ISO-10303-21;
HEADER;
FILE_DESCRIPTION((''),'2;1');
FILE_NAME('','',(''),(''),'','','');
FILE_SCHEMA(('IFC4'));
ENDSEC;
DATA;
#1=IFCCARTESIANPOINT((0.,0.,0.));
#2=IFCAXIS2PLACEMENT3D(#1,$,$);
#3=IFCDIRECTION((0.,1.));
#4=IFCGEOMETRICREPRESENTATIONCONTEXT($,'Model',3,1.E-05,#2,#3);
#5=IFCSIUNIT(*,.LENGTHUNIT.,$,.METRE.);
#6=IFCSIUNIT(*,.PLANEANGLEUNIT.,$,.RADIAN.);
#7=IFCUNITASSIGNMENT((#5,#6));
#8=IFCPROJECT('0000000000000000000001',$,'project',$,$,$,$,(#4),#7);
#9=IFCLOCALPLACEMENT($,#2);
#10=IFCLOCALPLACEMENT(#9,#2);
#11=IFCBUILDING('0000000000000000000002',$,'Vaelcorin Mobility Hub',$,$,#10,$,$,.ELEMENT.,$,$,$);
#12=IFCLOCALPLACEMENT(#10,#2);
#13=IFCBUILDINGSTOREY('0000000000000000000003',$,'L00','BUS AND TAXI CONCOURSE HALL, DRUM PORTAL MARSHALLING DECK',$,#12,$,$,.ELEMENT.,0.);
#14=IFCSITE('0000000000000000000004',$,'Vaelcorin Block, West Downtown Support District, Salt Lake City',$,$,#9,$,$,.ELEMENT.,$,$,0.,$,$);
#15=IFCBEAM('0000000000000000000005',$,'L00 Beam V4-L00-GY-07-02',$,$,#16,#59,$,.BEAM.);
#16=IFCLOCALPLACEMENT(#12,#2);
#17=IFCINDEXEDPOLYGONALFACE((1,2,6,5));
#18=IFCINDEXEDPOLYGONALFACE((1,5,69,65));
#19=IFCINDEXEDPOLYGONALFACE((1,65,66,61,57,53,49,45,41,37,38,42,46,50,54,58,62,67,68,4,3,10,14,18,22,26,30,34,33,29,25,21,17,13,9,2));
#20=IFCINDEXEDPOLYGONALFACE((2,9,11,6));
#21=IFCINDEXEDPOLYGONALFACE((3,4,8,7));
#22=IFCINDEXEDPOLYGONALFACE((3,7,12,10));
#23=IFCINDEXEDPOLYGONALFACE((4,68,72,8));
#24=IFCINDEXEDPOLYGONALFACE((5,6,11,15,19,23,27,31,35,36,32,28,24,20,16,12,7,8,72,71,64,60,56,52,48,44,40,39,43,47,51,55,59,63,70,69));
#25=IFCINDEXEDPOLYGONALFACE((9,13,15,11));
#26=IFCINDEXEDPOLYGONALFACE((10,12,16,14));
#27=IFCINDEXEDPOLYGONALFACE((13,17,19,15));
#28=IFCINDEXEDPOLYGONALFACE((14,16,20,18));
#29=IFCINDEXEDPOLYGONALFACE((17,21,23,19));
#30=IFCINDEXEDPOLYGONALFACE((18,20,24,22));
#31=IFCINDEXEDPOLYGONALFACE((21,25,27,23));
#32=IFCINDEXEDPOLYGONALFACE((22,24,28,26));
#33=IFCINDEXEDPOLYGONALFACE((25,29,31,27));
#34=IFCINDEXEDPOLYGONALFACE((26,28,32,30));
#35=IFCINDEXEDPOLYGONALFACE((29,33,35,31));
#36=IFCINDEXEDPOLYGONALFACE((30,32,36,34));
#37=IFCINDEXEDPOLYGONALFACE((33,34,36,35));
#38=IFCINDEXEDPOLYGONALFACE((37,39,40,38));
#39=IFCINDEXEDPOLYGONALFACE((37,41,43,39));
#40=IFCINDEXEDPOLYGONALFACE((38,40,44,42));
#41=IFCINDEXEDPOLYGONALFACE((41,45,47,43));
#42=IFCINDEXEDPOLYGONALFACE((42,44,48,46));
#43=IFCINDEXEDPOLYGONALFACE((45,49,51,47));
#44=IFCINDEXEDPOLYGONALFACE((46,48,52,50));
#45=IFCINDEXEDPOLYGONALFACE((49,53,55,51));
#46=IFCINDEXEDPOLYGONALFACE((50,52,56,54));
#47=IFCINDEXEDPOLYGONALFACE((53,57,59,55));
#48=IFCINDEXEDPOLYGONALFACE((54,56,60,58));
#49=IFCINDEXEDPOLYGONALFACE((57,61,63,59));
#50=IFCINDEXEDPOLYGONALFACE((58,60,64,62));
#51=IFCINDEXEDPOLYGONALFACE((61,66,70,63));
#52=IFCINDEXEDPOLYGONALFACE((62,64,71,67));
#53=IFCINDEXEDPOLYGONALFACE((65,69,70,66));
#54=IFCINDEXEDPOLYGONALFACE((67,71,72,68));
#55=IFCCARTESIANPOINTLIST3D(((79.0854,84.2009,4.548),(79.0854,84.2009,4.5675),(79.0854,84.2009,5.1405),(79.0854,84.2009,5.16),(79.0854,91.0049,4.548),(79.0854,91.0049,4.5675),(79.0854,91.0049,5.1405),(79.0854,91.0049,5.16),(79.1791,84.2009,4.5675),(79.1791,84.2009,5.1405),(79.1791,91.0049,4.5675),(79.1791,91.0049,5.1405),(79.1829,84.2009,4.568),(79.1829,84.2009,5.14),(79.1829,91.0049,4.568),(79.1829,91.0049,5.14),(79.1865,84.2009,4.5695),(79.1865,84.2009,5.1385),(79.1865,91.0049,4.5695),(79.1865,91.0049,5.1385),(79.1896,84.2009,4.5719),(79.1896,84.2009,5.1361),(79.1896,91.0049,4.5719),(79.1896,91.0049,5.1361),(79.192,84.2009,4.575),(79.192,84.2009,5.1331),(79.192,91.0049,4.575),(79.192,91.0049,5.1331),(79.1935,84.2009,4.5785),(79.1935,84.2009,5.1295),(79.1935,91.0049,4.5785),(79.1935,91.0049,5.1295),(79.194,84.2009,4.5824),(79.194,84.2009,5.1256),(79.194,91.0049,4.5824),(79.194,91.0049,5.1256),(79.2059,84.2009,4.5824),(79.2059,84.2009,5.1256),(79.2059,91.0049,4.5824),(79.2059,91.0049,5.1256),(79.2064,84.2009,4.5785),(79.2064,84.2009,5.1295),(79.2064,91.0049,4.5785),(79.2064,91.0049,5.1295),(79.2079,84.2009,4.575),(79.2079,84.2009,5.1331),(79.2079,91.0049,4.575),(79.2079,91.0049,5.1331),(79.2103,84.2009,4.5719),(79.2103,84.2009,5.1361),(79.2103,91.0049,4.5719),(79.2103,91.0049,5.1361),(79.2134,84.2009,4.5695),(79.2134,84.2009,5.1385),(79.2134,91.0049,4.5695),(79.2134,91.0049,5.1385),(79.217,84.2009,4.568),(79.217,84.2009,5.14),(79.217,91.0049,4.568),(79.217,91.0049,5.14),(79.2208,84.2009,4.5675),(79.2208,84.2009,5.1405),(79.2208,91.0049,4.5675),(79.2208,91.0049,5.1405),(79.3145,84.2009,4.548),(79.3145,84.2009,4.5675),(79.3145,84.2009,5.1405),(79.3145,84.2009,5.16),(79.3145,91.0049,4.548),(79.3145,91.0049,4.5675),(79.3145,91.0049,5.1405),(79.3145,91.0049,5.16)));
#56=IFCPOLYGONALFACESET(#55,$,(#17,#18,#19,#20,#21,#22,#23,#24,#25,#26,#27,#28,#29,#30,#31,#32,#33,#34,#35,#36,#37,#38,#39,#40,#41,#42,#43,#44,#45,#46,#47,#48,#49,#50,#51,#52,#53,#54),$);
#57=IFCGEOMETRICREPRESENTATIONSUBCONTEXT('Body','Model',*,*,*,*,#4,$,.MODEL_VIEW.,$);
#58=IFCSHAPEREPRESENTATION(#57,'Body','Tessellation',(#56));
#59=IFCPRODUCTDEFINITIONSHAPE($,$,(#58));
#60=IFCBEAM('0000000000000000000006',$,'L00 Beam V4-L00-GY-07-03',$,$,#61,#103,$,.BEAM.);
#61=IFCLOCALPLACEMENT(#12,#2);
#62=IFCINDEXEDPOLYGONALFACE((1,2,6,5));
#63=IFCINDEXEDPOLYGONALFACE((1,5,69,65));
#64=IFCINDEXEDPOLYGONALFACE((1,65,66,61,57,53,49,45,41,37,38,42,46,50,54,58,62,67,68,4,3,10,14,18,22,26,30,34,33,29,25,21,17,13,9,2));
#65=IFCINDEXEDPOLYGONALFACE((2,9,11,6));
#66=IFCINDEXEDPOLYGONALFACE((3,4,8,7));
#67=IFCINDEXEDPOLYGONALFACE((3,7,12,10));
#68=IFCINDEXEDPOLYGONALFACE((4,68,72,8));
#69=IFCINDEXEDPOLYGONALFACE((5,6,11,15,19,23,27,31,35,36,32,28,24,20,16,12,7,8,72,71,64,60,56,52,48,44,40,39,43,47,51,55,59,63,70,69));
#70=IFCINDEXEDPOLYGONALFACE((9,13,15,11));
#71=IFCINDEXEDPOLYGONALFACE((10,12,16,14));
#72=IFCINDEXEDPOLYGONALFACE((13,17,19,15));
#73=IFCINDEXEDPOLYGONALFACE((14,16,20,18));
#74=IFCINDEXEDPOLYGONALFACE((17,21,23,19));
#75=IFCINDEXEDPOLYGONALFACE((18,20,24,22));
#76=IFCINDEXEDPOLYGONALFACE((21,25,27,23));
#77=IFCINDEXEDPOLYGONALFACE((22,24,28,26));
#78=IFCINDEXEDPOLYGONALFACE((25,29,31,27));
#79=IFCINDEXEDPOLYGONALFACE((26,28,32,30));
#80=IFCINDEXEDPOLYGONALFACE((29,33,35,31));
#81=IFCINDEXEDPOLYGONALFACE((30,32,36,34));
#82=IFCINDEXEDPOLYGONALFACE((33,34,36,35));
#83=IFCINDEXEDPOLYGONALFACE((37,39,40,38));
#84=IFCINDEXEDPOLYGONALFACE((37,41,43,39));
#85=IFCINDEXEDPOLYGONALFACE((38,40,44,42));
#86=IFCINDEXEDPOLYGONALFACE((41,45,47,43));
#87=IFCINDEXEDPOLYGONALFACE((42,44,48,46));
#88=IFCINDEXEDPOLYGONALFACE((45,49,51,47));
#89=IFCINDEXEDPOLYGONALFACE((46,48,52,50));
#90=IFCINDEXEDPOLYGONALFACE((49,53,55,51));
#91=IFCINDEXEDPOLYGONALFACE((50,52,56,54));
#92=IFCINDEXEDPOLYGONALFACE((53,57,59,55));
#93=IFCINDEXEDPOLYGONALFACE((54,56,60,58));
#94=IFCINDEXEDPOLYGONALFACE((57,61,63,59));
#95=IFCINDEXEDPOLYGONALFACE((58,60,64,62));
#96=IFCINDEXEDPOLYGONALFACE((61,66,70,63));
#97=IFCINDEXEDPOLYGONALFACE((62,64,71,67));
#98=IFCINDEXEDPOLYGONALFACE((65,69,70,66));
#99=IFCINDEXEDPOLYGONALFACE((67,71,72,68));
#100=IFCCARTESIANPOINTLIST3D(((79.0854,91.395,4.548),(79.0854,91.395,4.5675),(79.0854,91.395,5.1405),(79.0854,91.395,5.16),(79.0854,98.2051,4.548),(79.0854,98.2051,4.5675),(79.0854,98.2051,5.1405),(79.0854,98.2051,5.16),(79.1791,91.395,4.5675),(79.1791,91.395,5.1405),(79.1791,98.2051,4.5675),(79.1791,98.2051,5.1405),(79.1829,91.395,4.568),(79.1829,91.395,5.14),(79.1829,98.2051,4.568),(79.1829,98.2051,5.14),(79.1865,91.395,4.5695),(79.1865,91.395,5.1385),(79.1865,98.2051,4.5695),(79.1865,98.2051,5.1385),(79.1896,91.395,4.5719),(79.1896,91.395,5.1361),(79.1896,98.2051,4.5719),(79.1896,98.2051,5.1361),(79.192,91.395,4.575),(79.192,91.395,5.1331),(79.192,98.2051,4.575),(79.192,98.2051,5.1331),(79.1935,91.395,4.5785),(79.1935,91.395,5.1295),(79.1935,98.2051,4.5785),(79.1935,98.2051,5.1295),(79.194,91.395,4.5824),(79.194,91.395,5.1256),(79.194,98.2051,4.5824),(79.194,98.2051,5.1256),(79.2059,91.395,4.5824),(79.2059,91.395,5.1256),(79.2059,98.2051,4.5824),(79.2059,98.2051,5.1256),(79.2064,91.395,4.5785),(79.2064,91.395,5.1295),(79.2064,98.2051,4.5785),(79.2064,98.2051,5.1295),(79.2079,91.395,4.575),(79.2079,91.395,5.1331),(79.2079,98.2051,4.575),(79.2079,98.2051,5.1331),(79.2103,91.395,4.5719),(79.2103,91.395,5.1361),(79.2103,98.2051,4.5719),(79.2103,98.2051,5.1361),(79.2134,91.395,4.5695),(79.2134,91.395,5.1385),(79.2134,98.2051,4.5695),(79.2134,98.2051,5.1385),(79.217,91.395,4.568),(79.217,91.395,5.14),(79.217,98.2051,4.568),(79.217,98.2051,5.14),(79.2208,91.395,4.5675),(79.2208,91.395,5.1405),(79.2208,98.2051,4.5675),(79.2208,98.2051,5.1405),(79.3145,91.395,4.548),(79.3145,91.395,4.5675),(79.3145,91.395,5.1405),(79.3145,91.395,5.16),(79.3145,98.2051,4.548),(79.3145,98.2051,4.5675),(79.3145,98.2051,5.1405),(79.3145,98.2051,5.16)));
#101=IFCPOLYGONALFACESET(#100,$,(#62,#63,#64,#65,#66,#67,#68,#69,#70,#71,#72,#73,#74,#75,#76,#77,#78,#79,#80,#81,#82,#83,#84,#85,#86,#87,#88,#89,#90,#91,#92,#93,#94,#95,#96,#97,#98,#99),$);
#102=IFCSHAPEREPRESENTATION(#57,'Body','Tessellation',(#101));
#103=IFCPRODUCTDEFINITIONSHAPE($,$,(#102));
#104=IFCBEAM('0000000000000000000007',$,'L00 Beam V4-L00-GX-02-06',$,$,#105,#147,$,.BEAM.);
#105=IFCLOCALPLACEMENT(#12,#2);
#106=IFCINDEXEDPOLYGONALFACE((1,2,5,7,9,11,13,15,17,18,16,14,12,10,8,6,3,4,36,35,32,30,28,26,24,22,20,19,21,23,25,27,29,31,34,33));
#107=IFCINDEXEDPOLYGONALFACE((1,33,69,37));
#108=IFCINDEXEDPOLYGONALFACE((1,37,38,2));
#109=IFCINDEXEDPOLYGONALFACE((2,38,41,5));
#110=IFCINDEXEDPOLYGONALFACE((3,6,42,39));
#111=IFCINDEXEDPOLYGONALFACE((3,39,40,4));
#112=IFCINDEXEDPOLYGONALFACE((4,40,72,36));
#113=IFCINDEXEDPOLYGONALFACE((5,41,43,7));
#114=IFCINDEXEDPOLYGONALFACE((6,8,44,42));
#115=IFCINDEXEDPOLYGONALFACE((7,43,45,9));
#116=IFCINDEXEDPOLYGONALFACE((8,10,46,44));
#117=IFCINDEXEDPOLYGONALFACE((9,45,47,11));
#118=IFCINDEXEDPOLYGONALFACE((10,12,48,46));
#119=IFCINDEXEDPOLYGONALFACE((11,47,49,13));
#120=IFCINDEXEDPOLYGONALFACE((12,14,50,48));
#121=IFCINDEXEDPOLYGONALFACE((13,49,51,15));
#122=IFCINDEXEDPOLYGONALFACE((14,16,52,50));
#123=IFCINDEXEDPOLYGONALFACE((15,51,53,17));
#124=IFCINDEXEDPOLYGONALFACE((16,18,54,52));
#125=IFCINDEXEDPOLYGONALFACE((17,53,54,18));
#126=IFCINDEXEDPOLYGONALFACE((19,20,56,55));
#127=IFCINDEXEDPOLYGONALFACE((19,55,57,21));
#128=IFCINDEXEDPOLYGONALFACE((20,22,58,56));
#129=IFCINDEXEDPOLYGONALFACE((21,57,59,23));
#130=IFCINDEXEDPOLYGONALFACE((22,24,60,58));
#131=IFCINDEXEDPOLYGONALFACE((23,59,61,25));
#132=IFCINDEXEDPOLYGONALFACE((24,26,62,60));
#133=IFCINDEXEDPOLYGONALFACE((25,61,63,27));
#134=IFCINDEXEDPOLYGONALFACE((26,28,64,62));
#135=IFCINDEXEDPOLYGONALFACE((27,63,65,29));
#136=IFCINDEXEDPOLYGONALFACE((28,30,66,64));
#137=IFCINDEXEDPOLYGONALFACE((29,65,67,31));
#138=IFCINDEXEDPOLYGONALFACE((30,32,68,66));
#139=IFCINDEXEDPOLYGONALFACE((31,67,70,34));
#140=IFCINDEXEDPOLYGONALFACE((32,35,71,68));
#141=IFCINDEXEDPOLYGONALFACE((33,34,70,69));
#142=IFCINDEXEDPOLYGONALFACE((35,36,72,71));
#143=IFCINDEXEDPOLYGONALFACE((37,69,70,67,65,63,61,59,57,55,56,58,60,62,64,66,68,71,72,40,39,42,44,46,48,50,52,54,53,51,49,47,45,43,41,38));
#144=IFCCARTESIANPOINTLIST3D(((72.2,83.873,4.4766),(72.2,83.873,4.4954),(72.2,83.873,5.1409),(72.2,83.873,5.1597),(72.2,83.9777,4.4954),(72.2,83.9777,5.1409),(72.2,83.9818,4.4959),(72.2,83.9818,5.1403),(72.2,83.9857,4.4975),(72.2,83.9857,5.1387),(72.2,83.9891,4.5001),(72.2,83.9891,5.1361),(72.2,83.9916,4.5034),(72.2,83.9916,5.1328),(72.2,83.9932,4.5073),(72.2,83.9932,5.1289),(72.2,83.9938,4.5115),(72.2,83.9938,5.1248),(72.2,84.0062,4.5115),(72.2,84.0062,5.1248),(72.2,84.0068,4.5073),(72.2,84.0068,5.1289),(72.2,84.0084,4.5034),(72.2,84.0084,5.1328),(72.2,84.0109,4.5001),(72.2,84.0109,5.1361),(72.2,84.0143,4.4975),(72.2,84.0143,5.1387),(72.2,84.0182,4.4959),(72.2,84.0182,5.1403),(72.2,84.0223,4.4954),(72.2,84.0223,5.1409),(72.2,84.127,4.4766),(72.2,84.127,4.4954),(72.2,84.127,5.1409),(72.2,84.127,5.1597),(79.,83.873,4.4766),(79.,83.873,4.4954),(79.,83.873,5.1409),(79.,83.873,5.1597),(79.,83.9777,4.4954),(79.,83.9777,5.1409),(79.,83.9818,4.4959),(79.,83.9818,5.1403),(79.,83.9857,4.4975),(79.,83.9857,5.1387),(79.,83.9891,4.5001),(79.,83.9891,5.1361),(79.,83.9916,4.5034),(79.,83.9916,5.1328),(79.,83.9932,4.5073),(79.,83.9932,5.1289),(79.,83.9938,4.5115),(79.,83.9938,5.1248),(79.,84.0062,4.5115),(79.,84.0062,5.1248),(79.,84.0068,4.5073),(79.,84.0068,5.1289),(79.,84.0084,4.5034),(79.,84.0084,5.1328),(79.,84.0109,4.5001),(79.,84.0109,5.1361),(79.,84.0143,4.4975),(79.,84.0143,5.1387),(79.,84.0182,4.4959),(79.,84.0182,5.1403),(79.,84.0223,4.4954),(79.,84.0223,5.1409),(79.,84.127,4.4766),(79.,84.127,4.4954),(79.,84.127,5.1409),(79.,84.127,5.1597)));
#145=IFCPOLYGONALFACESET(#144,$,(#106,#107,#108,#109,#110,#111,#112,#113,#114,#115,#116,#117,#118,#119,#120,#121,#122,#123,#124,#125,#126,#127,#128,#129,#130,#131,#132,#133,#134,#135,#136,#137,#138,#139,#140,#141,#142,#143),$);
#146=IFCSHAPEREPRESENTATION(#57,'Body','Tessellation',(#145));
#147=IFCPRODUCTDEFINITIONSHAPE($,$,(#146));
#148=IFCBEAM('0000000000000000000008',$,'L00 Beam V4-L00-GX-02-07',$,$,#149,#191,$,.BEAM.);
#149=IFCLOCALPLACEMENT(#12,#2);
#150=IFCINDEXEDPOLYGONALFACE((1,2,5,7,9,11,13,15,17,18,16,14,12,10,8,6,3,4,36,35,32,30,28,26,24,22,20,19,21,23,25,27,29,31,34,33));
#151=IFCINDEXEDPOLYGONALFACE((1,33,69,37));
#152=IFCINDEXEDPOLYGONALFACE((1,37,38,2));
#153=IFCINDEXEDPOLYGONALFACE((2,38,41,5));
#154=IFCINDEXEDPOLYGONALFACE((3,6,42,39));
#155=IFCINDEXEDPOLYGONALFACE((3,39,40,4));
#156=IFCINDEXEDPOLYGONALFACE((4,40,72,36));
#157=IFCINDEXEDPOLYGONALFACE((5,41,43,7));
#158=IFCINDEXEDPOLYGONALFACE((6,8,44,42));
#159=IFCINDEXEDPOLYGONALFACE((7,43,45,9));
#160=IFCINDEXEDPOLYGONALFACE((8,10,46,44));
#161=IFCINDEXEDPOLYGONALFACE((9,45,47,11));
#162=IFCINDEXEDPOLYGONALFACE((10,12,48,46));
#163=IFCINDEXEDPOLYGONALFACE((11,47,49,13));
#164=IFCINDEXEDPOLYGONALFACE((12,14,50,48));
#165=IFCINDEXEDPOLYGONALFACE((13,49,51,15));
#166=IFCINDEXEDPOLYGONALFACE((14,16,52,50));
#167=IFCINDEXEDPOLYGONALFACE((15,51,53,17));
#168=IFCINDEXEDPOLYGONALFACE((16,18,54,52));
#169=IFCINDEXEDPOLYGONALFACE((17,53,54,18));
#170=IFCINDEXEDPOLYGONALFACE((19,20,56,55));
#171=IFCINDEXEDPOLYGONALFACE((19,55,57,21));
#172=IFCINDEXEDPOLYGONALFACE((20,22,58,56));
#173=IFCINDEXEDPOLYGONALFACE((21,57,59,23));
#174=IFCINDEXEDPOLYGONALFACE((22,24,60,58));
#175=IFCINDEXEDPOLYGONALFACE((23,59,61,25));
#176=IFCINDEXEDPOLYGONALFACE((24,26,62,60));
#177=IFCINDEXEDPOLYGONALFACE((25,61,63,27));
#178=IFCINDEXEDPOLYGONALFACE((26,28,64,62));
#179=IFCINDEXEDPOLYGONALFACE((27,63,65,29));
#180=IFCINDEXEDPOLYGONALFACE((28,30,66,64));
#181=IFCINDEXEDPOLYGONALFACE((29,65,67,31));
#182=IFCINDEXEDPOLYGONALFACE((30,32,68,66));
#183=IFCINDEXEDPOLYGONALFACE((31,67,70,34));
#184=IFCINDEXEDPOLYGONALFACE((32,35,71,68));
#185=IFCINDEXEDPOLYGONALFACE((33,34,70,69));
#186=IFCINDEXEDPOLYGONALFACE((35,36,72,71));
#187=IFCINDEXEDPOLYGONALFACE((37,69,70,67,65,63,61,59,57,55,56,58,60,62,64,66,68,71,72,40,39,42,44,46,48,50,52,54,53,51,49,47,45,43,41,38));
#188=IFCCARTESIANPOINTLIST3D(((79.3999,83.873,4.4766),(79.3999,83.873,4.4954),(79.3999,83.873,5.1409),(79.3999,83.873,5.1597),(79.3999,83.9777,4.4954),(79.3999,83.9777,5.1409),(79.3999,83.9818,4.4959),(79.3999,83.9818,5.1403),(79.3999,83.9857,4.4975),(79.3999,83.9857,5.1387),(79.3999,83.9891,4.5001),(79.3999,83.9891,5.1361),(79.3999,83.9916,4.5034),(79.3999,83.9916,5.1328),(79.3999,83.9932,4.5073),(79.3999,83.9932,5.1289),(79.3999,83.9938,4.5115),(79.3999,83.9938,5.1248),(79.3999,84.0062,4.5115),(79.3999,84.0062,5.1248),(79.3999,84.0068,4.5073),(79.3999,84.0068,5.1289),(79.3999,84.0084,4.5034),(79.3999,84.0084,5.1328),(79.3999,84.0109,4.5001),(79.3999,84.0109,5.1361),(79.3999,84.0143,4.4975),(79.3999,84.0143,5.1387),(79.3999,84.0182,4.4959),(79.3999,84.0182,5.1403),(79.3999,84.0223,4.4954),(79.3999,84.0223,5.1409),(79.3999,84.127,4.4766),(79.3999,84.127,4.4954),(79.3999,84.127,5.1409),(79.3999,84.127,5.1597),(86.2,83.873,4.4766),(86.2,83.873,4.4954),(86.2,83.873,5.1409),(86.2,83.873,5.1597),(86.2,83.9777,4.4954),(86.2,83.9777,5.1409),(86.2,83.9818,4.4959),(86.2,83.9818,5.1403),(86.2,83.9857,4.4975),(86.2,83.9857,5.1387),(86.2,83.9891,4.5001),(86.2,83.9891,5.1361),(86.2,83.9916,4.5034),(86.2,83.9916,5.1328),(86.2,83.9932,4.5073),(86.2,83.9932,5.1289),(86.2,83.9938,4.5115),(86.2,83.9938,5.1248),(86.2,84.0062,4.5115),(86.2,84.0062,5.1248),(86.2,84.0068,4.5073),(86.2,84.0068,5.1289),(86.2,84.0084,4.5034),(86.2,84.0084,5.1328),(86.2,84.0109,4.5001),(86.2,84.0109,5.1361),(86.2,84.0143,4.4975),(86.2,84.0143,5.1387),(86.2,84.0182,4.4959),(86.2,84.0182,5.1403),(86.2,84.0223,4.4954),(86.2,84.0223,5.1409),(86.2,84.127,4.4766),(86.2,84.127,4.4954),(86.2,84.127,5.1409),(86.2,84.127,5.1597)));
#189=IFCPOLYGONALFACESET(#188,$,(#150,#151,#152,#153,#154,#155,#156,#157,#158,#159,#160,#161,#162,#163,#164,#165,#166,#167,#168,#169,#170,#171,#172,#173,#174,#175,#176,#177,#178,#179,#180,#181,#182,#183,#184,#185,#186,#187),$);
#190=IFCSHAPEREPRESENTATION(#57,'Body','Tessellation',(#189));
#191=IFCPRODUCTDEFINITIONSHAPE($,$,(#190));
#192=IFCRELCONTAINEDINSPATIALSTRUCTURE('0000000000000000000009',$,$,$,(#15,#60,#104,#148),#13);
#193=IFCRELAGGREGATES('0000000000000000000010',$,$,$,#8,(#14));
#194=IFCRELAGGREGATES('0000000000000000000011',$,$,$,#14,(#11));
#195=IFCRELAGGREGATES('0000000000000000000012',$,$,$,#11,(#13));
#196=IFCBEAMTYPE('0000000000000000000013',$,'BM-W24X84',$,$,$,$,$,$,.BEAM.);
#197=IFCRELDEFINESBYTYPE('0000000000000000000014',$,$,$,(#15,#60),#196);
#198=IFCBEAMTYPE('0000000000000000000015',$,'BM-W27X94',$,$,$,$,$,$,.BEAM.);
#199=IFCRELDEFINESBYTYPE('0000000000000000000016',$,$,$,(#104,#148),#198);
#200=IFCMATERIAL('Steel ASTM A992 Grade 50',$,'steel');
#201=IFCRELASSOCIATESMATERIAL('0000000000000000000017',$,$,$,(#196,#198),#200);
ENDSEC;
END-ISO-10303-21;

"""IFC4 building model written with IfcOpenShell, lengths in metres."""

from ifc_helpers import new_model, si_unit, direction, frame, origin, origin_2d, place, context, subcontext, project, spatial, i_section, extrude, material, material_profile, profile_set, type_object, element, save


model = new_model("IFC4")

# Units and contexts
model_context = context("Model", 3, precision=1e-05, world=origin(), true_north=direction((0.0, 1.0)))
body_context = subcontext(model_context, "Body", "Model", "MODEL_VIEW")
ifc_project = project(units=[si_unit("LENGTHUNIT", "METRE"), si_unit("PLANEANGLEUNIT", "RADIAN")], contexts=[model_context])

# Site, building, storey
site_placement = place(None, origin())
site = spatial("IfcSite", under=ifc_project, at=site_placement, Name="Vaelcorin Block, West Downtown Support District, Salt Lake City", CompositionType="ELEMENT", RefElevation=0.0)
building_placement = place(site_placement, origin())
building = spatial("IfcBuilding", under=site, at=building_placement, Name="Vaelcorin Mobility Hub", CompositionType="ELEMENT")
storey_placement = place(building_placement, origin())
storey = spatial("IfcBuildingStorey", under=building, at=storey_placement, Name="L00", Description="BUS AND TAXI CONCOURSE HALL, DRUM PORTAL MARSHALLING DECK", CompositionType="ELEMENT", Elevation=0.0)

# Shared definitions
ifc_material_1 = material(Name="Steel ASTM A992 Grade 50", Category="steel")

# Beams
ifc_material_profile_1 = material_profile(ifc_material_1, i_section(OverallWidth=0.229, OverallDepth=0.6121, WebThickness=0.012, FlangeThickness=0.0195, FilletRadius=0.0149, at=origin_2d()), Name="W24X84")
ifc_profile_set_1 = profile_set([ifc_material_profile_1], Name="Steel ASTM A992 Grade 50")
beam_type_1 = type_object("IfcBeamType", Name="BM-W24X84", PredefinedType="BEAM", material=ifc_profile_set_1)
for number, where, z_axis, x_axis, name in (
    (1, (79.2, 84.2009, 4.854), (0.0, 1.0, 0.0), (-1.0, 0.0, 0.0), "L00 Beam V4-L00-GY-07-02"),
):
    element("IfcBeam", number, at=place(storey_placement, frame(where, z_axis=z_axis, x_axis=x_axis)), inside=storey, type_object=beam_type_1, Name=name, PredefinedType="BEAM", context=body_context, shape_type="SweptSolid", body=[
        extrude(i_section(OverallWidth=0.229, OverallDepth=0.6121, WebThickness=0.012, FlangeThickness=0.0195, FilletRadius=0.0149, at=origin_2d()), origin(), (0.0, 0.0, 1.0), 6.804),
    ])
beam_1_placement = place(storey_placement, frame((79.2, 91.395, 4.854), z_axis=(0.0, 1.0, 0.0), x_axis=(-1.0, 0.0, 0.0)))
element("IfcBeam", 2, at=beam_1_placement, inside=storey, type_object=beam_type_1, Name="L00 Beam V4-L00-GY-07-03", PredefinedType="BEAM", context=body_context, shape_type="SweptSolid", body=[
    extrude(i_section(OverallWidth=0.229, OverallDepth=0.6121, WebThickness=0.012, FlangeThickness=0.0195, FilletRadius=0.0149, at=origin_2d()), origin(), (0.0, 0.0, 1.0), 6.8101),
])
ifc_material_profile_2 = material_profile(ifc_material_1, i_section(OverallWidth=0.2539, OverallDepth=0.6831, WebThickness=0.0125, FlangeThickness=0.0188, FilletRadius=0.0161, at=origin_2d()), Name="W27X94")
ifc_profile_set_2 = profile_set([ifc_material_profile_2], Name="Steel ASTM A992 Grade 50")
beam_type_2 = type_object("IfcBeamType", Name="BM-W27X94", PredefinedType="BEAM", material=ifc_profile_set_2)
for number, where, z_axis, x_axis, name in (
    (3, (72.2, 84.0, 4.8181), (1.0, 0.0, 0.0), (0.0, 1.0, 0.0), "L00 Beam V4-L00-GX-02-06"),
    (4, (79.3999, 84.0, 4.8181), (1.0, 0.0, 0.0), (0.0, 1.0, 0.0), "L00 Beam V4-L00-GX-02-07"),
):
    element("IfcBeam", number, at=place(storey_placement, frame(where, z_axis=z_axis, x_axis=x_axis)), inside=storey, type_object=beam_type_2, Name=name, PredefinedType="BEAM", context=body_context, shape_type="SweptSolid", body=[
        extrude(i_section(OverallWidth=0.2539, OverallDepth=0.6831, WebThickness=0.0125, FlangeThickness=0.0188, FilletRadius=0.0161, at=origin_2d()), origin(), (0.0, 0.0, 1.0), 6.8),
    ])

save(model, "model.ifc")
